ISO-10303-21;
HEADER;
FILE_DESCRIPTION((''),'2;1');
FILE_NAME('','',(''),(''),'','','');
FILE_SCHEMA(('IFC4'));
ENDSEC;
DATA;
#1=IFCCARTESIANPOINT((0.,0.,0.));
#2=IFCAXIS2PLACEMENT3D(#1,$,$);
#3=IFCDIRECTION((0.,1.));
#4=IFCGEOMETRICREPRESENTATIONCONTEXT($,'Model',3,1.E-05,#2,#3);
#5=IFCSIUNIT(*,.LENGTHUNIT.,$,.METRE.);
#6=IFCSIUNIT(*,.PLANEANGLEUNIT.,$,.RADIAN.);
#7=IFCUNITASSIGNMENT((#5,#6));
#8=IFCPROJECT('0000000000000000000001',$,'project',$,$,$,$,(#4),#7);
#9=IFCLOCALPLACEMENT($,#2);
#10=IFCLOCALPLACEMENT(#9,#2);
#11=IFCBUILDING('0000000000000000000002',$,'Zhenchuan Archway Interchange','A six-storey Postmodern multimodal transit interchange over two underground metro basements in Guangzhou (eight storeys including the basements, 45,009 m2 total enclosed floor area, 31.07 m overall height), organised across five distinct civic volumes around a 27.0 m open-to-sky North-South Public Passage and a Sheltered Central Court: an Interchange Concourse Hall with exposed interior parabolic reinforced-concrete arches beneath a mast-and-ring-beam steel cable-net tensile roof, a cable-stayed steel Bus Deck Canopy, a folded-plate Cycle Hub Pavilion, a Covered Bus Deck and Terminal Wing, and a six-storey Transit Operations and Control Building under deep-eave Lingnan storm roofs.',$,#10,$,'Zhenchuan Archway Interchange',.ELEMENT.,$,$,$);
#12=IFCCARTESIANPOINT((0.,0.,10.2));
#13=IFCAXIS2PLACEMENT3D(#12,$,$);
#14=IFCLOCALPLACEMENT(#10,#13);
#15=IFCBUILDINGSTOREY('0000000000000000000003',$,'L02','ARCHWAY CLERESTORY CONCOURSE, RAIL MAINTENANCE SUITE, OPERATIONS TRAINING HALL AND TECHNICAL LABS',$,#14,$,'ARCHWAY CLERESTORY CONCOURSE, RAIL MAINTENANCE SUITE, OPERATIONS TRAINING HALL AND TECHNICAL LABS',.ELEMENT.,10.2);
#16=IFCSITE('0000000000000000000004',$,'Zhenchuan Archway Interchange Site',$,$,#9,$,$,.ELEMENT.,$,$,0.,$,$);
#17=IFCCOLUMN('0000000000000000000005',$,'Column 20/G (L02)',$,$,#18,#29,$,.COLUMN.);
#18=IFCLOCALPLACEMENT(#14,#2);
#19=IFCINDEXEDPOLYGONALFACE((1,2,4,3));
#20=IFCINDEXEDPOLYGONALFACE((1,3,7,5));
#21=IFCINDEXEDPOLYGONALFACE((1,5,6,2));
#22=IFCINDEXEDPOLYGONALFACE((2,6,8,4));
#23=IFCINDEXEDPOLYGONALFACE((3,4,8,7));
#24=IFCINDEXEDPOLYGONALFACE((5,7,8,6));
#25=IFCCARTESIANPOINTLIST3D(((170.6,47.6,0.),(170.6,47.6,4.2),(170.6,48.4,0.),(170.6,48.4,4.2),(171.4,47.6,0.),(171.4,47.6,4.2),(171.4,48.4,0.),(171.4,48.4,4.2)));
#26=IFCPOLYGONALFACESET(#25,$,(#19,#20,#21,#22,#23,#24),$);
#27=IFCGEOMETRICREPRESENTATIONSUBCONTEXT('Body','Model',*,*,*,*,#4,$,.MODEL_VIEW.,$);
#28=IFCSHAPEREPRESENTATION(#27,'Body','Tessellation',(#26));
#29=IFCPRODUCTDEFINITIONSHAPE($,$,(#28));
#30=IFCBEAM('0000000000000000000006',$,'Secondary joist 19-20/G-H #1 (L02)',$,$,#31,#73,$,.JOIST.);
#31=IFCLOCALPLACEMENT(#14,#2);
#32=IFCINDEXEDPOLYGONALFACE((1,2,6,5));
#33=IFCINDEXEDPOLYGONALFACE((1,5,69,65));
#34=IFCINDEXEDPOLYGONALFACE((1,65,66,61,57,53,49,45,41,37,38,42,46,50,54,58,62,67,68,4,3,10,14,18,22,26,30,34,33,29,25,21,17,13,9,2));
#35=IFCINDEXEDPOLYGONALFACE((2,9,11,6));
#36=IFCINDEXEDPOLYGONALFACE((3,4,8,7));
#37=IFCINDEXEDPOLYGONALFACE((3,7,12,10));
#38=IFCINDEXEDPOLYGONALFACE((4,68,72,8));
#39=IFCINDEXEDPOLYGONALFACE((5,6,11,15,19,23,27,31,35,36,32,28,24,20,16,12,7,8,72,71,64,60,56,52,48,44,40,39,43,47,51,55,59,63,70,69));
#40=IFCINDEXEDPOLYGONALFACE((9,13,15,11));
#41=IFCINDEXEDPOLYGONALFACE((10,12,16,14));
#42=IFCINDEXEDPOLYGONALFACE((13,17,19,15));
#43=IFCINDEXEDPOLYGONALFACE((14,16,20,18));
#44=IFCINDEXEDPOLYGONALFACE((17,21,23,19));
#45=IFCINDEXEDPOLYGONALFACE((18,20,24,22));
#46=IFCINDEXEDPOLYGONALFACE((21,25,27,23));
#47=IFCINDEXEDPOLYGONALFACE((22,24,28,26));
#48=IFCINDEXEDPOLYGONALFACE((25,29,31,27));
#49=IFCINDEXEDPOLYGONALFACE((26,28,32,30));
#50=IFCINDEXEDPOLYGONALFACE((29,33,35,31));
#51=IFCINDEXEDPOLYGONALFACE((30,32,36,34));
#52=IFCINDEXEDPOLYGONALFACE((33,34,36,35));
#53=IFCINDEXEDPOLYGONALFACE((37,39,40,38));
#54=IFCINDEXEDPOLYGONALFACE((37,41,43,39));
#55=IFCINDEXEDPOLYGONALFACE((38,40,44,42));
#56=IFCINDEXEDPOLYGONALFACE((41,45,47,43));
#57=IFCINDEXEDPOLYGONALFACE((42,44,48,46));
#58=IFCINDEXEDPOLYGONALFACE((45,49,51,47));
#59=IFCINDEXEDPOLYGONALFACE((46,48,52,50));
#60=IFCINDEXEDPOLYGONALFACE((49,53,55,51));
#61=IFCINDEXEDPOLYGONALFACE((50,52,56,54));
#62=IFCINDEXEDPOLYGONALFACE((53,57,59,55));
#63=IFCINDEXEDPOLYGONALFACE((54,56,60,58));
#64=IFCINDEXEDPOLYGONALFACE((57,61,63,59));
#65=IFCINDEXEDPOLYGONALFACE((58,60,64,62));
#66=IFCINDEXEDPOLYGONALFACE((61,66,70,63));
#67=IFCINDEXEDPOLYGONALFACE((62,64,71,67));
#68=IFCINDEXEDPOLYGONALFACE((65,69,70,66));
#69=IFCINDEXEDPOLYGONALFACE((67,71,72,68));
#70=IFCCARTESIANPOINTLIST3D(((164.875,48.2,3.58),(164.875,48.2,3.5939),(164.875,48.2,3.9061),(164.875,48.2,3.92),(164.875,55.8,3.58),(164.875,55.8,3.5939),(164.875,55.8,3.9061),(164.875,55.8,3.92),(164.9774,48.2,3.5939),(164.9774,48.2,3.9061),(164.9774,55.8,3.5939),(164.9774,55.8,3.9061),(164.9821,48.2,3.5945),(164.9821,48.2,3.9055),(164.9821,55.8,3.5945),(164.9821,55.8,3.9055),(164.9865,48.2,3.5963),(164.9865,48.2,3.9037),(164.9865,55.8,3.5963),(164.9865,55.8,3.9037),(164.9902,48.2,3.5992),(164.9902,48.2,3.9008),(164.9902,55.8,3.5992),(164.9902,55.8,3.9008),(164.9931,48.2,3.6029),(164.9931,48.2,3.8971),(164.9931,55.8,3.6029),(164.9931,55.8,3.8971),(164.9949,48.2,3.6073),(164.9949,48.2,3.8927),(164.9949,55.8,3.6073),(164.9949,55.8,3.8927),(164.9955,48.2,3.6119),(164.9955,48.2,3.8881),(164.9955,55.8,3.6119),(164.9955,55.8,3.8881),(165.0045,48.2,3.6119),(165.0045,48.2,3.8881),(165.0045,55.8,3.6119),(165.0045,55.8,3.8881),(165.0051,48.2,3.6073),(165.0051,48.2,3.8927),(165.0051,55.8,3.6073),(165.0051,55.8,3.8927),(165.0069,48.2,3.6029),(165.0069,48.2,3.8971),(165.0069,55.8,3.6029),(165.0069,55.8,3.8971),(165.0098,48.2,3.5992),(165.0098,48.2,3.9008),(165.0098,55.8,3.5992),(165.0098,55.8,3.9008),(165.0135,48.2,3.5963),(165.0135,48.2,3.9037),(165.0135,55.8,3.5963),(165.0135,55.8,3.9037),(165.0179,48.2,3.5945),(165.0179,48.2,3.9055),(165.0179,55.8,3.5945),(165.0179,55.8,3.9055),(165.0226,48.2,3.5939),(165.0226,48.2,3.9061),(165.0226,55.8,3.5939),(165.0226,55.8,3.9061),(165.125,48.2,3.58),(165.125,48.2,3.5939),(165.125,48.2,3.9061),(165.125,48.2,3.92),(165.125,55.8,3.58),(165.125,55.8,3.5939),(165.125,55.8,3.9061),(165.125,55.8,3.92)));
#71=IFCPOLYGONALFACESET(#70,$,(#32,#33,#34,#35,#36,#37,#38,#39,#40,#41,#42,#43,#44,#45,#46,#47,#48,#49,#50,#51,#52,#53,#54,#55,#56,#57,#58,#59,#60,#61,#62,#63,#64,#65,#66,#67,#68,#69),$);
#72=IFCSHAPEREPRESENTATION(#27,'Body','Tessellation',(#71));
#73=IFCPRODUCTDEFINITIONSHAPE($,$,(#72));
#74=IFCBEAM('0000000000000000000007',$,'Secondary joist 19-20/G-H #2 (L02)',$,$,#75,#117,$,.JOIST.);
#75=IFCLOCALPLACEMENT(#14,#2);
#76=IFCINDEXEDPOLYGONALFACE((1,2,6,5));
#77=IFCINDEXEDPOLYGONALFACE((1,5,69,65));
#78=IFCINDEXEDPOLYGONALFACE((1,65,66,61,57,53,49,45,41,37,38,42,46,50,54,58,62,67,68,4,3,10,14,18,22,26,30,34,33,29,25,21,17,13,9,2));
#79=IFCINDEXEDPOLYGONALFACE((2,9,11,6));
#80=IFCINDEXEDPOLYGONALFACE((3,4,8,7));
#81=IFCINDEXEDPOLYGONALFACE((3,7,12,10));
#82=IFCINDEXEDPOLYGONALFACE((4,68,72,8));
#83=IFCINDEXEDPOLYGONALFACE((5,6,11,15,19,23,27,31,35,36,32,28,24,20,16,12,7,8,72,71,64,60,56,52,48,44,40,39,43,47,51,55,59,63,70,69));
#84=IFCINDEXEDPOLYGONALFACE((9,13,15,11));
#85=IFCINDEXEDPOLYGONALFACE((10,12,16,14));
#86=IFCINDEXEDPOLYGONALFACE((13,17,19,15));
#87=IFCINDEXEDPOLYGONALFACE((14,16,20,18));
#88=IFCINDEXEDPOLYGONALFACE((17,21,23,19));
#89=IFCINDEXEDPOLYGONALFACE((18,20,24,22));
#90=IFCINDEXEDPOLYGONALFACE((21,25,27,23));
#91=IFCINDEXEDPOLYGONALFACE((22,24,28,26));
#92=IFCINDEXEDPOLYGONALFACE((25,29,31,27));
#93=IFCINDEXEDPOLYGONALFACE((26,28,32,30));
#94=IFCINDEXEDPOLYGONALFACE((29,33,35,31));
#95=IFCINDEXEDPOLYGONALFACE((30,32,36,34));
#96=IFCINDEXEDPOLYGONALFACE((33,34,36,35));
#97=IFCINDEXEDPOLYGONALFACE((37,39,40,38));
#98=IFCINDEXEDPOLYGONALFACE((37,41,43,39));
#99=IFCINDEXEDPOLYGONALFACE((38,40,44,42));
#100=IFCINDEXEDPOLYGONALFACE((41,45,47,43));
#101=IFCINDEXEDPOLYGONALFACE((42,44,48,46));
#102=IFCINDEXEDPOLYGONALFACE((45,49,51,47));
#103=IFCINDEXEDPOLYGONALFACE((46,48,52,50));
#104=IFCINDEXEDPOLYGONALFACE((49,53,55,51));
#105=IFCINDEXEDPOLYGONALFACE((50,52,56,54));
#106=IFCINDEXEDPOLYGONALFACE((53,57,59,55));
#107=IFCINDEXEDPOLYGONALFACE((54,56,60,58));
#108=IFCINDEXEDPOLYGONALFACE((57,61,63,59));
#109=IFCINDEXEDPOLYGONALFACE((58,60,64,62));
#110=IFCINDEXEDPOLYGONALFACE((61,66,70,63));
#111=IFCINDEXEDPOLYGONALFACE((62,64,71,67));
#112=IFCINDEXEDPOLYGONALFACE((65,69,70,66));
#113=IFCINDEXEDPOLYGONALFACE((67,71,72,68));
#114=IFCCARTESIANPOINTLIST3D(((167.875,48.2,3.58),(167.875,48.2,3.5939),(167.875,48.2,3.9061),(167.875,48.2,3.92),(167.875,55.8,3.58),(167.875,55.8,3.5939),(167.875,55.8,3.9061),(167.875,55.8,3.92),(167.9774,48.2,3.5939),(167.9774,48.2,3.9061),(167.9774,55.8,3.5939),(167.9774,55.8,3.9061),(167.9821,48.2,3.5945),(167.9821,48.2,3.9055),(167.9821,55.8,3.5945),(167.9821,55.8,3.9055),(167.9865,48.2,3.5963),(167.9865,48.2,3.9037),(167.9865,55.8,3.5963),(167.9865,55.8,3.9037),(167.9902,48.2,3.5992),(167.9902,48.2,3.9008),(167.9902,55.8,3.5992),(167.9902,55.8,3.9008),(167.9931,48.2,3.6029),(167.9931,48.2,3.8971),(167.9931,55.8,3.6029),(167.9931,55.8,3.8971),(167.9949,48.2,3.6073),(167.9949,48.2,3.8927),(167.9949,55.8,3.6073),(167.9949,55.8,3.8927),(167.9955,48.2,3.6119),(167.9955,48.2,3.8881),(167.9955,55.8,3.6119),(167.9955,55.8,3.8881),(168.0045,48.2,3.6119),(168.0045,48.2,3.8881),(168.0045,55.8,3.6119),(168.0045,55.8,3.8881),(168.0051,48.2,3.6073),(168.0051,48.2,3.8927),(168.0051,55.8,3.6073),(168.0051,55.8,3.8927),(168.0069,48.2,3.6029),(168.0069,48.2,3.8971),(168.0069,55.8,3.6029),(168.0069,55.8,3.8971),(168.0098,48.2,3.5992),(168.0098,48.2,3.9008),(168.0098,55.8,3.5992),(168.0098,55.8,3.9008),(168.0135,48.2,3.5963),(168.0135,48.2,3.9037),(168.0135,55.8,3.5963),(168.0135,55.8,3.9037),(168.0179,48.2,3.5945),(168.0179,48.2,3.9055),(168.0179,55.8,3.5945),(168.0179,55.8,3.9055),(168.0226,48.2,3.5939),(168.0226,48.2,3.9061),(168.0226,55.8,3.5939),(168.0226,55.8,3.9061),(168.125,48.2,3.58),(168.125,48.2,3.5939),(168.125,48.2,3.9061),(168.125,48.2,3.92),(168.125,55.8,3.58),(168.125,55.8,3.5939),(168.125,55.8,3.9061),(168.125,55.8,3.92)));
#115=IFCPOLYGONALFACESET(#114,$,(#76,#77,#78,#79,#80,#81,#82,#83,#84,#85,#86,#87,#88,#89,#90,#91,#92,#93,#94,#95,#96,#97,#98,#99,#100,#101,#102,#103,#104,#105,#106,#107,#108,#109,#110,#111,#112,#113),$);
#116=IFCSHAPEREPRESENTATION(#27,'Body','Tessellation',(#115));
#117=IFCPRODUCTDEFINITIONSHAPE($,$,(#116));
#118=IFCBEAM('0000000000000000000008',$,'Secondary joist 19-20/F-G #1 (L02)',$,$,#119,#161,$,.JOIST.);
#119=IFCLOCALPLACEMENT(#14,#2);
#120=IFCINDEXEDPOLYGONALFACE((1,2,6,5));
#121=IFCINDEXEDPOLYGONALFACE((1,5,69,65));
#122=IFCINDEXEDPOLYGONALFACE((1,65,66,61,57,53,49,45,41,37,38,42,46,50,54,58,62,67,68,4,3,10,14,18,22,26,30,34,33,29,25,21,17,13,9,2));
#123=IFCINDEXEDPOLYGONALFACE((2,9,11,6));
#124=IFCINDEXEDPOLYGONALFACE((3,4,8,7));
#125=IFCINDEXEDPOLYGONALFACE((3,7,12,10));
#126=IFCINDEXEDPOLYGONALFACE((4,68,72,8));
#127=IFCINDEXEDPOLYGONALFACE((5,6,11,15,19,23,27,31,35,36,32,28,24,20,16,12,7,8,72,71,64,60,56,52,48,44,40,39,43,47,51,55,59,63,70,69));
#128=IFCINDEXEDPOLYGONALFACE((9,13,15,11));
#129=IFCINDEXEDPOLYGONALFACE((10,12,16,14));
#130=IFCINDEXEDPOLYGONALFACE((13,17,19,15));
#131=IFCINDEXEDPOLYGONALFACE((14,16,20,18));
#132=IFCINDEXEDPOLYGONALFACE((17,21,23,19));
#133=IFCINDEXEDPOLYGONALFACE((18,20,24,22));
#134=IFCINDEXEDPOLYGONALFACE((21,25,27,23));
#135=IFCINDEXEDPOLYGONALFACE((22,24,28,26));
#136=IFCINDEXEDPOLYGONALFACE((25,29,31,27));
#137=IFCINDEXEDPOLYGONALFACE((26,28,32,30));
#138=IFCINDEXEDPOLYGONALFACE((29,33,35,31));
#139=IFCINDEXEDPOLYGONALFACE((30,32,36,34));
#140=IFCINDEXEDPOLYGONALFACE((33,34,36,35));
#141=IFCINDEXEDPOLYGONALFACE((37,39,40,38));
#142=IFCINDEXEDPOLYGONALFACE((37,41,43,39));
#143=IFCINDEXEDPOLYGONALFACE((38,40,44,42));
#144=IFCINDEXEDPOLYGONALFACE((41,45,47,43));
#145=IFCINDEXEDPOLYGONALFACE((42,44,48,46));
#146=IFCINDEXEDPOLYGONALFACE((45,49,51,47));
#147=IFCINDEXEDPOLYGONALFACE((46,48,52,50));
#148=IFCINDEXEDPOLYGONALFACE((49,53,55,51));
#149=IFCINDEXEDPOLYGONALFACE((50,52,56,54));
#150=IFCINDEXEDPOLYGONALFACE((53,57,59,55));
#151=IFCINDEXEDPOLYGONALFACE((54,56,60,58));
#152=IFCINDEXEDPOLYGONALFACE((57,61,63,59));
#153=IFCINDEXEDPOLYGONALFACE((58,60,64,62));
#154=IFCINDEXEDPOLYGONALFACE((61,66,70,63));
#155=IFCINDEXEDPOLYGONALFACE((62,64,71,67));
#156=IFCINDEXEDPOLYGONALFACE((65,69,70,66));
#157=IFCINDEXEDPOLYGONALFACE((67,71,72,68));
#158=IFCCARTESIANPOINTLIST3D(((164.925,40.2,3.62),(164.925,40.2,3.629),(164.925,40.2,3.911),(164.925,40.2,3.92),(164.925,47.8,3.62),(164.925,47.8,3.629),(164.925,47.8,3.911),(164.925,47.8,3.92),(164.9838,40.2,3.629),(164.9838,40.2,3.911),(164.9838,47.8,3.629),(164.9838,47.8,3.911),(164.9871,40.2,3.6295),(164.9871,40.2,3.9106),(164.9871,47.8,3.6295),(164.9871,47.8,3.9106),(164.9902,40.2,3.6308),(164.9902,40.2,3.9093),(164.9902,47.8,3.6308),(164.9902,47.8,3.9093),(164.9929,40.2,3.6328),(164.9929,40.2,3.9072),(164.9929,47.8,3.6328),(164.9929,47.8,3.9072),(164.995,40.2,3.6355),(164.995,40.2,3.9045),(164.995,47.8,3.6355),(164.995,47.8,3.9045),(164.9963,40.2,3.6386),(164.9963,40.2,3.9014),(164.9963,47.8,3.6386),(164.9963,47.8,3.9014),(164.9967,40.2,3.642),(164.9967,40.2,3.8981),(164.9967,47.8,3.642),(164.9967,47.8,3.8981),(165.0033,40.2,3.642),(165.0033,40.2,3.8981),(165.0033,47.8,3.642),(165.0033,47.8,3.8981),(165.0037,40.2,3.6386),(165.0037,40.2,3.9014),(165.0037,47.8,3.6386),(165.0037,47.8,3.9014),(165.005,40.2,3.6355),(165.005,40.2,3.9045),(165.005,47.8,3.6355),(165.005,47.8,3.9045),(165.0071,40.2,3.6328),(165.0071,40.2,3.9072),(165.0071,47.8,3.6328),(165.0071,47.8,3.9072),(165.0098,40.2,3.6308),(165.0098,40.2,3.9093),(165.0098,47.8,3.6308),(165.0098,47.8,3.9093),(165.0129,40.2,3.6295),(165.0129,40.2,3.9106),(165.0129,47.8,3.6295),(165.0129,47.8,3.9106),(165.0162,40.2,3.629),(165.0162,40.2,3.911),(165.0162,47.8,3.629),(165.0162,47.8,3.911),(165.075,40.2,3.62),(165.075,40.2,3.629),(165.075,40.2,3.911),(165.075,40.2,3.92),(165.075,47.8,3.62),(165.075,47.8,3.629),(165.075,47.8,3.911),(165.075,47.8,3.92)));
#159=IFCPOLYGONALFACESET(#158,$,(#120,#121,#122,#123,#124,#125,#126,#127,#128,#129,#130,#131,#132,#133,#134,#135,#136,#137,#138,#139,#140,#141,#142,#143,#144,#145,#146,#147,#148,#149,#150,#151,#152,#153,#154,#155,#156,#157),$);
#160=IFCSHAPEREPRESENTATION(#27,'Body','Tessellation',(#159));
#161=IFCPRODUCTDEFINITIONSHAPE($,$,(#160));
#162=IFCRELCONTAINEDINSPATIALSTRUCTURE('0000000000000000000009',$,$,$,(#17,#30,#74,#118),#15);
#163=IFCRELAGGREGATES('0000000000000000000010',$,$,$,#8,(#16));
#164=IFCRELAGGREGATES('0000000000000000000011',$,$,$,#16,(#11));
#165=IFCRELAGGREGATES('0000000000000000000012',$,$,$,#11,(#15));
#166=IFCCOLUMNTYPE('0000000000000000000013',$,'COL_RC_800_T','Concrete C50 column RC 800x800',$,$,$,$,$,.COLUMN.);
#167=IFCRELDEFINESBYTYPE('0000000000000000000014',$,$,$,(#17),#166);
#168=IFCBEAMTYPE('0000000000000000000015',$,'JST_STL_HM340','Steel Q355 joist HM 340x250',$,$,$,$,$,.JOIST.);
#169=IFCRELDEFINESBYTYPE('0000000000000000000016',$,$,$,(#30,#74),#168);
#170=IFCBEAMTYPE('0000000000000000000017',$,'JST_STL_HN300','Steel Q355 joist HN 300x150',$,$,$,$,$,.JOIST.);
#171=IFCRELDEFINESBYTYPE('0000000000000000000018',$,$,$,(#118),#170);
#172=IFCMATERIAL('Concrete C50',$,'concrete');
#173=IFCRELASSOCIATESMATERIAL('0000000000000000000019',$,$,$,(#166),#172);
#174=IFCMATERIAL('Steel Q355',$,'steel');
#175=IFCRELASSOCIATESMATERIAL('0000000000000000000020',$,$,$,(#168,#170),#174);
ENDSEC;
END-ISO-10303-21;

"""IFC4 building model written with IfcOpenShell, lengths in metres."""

from ifc_helpers import new_model, si_unit, direction, frame, origin, origin_2d, place, context, subcontext, project, spatial, rectangle, i_section, extrude, material, material_profile, profile_set, type_object, element, save


model = new_model("IFC4")

# Units and contexts
model_context = context("Model", 3, precision=1e-05, world=origin(), true_north=direction((0.0, 1.0)))
body_context = subcontext(model_context, "Body", "Model", "MODEL_VIEW")
ifc_project = project(units=[si_unit("LENGTHUNIT", "METRE"), si_unit("PLANEANGLEUNIT", "RADIAN")], contexts=[model_context])

# Site, building, storey
site_placement = place(None, origin())
site = spatial("IfcSite", under=ifc_project, at=site_placement, Name="Zhenchuan Archway Interchange Site", CompositionType="ELEMENT", RefElevation=0.0)
building_placement = place(site_placement, origin())
building = spatial("IfcBuilding", under=site, at=building_placement, Name="Zhenchuan Archway Interchange", Description="A six-storey Postmodern multimodal transit interchange over two underground metro basements in Guangzhou (eight storeys including the basements, 45,009 m2 total enclosed floor area, 31.07 m overall height), organised across five distinct civic volumes around a 27.0 m open-to-sky North-South Public Passage and a Sheltered Central Court: an Interchange Concourse Hall with exposed interior parabolic reinforced-concrete arches beneath a mast-and-ring-beam steel cable-net tensile roof, a cable-stayed steel Bus Deck Canopy, a folded-plate Cycle Hub Pavilion, a Covered Bus Deck and Terminal Wing, and a six-storey Transit Operations and Control Building under deep-eave Lingnan storm roofs.", LongName="Zhenchuan Archway Interchange", CompositionType="ELEMENT")
storey_placement = place(building_placement, frame((0.0, 0.0, 10.2)))
storey = spatial("IfcBuildingStorey", under=building, at=storey_placement, Name="L02", Description="ARCHWAY CLERESTORY CONCOURSE, RAIL MAINTENANCE SUITE, OPERATIONS TRAINING HALL AND TECHNICAL LABS", LongName="ARCHWAY CLERESTORY CONCOURSE, RAIL MAINTENANCE SUITE, OPERATIONS TRAINING HALL AND TECHNICAL LABS", CompositionType="ELEMENT", Elevation=10.2)

# Column
ifc_material_1 = material(Name="Concrete C50", Category="concrete")
ifc_material_profile_1 = material_profile(ifc_material_1, rectangle(XDim=0.8, YDim=0.8, at=origin_2d()), Name="RC 800x800")
ifc_profile_set_1 = profile_set([ifc_material_profile_1], Name="Concrete C50")
column_type = type_object("IfcColumnType", Name="COL_RC_800_T", Description="Concrete C50 column RC 800x800", PredefinedType="COLUMN", material=ifc_profile_set_1)
column_placement = place(storey_placement, frame((171.0, 48.0, 0.0), z_axis=(0.0, 0.0, 1.0), x_axis=(1.0, 0.0, 0.0)))
element("IfcColumn", 1, at=column_placement, inside=storey, type_object=column_type, Name="Column 20/G (L02)", PredefinedType="COLUMN", context=body_context, shape_type="SweptSolid", body=[
    extrude(rectangle(XDim=0.8, YDim=0.8, at=origin_2d()), origin(), (0.0, 0.0, 1.0), 4.2),
])

# Beams
ifc_material_2 = material(Name="Steel Q355", Category="steel")
ifc_material_profile_2 = material_profile(ifc_material_2, i_section(OverallWidth=0.25, OverallDepth=0.3401, WebThickness=0.009, FlangeThickness=0.0139, FilletRadius=0.0181, at=origin_2d()), Name="HM 340x250")
ifc_profile_set_2 = profile_set([ifc_material_profile_2], Name="Steel Q355")
beam_type_1 = type_object("IfcBeamType", Name="JST_STL_HM340", Description="Steel Q355 joist HM 340x250", PredefinedType="JOIST", material=ifc_profile_set_2)
for number, where, z_axis, x_axis, name in (
    (2, (165.0, 48.2, 3.75), (0.0, 1.0, 0.0), (-1.0, 0.0, 0.0), "Secondary joist 19-20/G-H #1 (L02)"),
    (3, (168.0, 48.2, 3.75), (0.0, 1.0, 0.0), (-1.0, 0.0, 0.0), "Secondary joist 19-20/G-H #2 (L02)"),
):
    element("IfcBeam", number, at=place(storey_placement, frame(where, z_axis=z_axis, x_axis=x_axis)), inside=storey, type_object=beam_type_1, Name=name, PredefinedType="JOIST", context=body_context, shape_type="SweptSolid", body=[
        extrude(i_section(OverallWidth=0.25, OverallDepth=0.3401, WebThickness=0.009, FlangeThickness=0.0139, FilletRadius=0.0181, at=origin_2d()), origin(), (0.0, 0.0, 1.0), 7.6001),
    ])
ifc_material_profile_3 = material_profile(ifc_material_2, i_section(OverallWidth=0.1499, OverallDepth=0.3, WebThickness=0.0066, FlangeThickness=0.009, FilletRadius=0.0129, at=origin_2d()), Name="HN 300x150")
ifc_profile_set_3 = profile_set([ifc_material_profile_3], Name="Steel Q355")
beam_type_2 = type_object("IfcBeamType", Name="JST_STL_HN300", Description="Steel Q355 joist HN 300x150", PredefinedType="JOIST", material=ifc_profile_set_3)
for number, where, z_axis, x_axis, name in (
    (4, (165.0, 40.2, 3.77), (0.0, 1.0, 0.0), (-1.0, 0.0, 0.0), "Secondary joist 19-20/F-G #1 (L02)"),
):
    element("IfcBeam", number, at=place(storey_placement, frame(where, z_axis=z_axis, x_axis=x_axis)), inside=storey, type_object=beam_type_2, Name=name, PredefinedType="JOIST", context=body_context, shape_type="SweptSolid", body=[
        extrude(i_section(OverallWidth=0.1499, OverallDepth=0.3, WebThickness=0.0066, FlangeThickness=0.009, FilletRadius=0.0129, at=origin_2d()), origin(), (0.0, 0.0, 1.0), 7.6001),
    ])

save(model, "model.ifc")
